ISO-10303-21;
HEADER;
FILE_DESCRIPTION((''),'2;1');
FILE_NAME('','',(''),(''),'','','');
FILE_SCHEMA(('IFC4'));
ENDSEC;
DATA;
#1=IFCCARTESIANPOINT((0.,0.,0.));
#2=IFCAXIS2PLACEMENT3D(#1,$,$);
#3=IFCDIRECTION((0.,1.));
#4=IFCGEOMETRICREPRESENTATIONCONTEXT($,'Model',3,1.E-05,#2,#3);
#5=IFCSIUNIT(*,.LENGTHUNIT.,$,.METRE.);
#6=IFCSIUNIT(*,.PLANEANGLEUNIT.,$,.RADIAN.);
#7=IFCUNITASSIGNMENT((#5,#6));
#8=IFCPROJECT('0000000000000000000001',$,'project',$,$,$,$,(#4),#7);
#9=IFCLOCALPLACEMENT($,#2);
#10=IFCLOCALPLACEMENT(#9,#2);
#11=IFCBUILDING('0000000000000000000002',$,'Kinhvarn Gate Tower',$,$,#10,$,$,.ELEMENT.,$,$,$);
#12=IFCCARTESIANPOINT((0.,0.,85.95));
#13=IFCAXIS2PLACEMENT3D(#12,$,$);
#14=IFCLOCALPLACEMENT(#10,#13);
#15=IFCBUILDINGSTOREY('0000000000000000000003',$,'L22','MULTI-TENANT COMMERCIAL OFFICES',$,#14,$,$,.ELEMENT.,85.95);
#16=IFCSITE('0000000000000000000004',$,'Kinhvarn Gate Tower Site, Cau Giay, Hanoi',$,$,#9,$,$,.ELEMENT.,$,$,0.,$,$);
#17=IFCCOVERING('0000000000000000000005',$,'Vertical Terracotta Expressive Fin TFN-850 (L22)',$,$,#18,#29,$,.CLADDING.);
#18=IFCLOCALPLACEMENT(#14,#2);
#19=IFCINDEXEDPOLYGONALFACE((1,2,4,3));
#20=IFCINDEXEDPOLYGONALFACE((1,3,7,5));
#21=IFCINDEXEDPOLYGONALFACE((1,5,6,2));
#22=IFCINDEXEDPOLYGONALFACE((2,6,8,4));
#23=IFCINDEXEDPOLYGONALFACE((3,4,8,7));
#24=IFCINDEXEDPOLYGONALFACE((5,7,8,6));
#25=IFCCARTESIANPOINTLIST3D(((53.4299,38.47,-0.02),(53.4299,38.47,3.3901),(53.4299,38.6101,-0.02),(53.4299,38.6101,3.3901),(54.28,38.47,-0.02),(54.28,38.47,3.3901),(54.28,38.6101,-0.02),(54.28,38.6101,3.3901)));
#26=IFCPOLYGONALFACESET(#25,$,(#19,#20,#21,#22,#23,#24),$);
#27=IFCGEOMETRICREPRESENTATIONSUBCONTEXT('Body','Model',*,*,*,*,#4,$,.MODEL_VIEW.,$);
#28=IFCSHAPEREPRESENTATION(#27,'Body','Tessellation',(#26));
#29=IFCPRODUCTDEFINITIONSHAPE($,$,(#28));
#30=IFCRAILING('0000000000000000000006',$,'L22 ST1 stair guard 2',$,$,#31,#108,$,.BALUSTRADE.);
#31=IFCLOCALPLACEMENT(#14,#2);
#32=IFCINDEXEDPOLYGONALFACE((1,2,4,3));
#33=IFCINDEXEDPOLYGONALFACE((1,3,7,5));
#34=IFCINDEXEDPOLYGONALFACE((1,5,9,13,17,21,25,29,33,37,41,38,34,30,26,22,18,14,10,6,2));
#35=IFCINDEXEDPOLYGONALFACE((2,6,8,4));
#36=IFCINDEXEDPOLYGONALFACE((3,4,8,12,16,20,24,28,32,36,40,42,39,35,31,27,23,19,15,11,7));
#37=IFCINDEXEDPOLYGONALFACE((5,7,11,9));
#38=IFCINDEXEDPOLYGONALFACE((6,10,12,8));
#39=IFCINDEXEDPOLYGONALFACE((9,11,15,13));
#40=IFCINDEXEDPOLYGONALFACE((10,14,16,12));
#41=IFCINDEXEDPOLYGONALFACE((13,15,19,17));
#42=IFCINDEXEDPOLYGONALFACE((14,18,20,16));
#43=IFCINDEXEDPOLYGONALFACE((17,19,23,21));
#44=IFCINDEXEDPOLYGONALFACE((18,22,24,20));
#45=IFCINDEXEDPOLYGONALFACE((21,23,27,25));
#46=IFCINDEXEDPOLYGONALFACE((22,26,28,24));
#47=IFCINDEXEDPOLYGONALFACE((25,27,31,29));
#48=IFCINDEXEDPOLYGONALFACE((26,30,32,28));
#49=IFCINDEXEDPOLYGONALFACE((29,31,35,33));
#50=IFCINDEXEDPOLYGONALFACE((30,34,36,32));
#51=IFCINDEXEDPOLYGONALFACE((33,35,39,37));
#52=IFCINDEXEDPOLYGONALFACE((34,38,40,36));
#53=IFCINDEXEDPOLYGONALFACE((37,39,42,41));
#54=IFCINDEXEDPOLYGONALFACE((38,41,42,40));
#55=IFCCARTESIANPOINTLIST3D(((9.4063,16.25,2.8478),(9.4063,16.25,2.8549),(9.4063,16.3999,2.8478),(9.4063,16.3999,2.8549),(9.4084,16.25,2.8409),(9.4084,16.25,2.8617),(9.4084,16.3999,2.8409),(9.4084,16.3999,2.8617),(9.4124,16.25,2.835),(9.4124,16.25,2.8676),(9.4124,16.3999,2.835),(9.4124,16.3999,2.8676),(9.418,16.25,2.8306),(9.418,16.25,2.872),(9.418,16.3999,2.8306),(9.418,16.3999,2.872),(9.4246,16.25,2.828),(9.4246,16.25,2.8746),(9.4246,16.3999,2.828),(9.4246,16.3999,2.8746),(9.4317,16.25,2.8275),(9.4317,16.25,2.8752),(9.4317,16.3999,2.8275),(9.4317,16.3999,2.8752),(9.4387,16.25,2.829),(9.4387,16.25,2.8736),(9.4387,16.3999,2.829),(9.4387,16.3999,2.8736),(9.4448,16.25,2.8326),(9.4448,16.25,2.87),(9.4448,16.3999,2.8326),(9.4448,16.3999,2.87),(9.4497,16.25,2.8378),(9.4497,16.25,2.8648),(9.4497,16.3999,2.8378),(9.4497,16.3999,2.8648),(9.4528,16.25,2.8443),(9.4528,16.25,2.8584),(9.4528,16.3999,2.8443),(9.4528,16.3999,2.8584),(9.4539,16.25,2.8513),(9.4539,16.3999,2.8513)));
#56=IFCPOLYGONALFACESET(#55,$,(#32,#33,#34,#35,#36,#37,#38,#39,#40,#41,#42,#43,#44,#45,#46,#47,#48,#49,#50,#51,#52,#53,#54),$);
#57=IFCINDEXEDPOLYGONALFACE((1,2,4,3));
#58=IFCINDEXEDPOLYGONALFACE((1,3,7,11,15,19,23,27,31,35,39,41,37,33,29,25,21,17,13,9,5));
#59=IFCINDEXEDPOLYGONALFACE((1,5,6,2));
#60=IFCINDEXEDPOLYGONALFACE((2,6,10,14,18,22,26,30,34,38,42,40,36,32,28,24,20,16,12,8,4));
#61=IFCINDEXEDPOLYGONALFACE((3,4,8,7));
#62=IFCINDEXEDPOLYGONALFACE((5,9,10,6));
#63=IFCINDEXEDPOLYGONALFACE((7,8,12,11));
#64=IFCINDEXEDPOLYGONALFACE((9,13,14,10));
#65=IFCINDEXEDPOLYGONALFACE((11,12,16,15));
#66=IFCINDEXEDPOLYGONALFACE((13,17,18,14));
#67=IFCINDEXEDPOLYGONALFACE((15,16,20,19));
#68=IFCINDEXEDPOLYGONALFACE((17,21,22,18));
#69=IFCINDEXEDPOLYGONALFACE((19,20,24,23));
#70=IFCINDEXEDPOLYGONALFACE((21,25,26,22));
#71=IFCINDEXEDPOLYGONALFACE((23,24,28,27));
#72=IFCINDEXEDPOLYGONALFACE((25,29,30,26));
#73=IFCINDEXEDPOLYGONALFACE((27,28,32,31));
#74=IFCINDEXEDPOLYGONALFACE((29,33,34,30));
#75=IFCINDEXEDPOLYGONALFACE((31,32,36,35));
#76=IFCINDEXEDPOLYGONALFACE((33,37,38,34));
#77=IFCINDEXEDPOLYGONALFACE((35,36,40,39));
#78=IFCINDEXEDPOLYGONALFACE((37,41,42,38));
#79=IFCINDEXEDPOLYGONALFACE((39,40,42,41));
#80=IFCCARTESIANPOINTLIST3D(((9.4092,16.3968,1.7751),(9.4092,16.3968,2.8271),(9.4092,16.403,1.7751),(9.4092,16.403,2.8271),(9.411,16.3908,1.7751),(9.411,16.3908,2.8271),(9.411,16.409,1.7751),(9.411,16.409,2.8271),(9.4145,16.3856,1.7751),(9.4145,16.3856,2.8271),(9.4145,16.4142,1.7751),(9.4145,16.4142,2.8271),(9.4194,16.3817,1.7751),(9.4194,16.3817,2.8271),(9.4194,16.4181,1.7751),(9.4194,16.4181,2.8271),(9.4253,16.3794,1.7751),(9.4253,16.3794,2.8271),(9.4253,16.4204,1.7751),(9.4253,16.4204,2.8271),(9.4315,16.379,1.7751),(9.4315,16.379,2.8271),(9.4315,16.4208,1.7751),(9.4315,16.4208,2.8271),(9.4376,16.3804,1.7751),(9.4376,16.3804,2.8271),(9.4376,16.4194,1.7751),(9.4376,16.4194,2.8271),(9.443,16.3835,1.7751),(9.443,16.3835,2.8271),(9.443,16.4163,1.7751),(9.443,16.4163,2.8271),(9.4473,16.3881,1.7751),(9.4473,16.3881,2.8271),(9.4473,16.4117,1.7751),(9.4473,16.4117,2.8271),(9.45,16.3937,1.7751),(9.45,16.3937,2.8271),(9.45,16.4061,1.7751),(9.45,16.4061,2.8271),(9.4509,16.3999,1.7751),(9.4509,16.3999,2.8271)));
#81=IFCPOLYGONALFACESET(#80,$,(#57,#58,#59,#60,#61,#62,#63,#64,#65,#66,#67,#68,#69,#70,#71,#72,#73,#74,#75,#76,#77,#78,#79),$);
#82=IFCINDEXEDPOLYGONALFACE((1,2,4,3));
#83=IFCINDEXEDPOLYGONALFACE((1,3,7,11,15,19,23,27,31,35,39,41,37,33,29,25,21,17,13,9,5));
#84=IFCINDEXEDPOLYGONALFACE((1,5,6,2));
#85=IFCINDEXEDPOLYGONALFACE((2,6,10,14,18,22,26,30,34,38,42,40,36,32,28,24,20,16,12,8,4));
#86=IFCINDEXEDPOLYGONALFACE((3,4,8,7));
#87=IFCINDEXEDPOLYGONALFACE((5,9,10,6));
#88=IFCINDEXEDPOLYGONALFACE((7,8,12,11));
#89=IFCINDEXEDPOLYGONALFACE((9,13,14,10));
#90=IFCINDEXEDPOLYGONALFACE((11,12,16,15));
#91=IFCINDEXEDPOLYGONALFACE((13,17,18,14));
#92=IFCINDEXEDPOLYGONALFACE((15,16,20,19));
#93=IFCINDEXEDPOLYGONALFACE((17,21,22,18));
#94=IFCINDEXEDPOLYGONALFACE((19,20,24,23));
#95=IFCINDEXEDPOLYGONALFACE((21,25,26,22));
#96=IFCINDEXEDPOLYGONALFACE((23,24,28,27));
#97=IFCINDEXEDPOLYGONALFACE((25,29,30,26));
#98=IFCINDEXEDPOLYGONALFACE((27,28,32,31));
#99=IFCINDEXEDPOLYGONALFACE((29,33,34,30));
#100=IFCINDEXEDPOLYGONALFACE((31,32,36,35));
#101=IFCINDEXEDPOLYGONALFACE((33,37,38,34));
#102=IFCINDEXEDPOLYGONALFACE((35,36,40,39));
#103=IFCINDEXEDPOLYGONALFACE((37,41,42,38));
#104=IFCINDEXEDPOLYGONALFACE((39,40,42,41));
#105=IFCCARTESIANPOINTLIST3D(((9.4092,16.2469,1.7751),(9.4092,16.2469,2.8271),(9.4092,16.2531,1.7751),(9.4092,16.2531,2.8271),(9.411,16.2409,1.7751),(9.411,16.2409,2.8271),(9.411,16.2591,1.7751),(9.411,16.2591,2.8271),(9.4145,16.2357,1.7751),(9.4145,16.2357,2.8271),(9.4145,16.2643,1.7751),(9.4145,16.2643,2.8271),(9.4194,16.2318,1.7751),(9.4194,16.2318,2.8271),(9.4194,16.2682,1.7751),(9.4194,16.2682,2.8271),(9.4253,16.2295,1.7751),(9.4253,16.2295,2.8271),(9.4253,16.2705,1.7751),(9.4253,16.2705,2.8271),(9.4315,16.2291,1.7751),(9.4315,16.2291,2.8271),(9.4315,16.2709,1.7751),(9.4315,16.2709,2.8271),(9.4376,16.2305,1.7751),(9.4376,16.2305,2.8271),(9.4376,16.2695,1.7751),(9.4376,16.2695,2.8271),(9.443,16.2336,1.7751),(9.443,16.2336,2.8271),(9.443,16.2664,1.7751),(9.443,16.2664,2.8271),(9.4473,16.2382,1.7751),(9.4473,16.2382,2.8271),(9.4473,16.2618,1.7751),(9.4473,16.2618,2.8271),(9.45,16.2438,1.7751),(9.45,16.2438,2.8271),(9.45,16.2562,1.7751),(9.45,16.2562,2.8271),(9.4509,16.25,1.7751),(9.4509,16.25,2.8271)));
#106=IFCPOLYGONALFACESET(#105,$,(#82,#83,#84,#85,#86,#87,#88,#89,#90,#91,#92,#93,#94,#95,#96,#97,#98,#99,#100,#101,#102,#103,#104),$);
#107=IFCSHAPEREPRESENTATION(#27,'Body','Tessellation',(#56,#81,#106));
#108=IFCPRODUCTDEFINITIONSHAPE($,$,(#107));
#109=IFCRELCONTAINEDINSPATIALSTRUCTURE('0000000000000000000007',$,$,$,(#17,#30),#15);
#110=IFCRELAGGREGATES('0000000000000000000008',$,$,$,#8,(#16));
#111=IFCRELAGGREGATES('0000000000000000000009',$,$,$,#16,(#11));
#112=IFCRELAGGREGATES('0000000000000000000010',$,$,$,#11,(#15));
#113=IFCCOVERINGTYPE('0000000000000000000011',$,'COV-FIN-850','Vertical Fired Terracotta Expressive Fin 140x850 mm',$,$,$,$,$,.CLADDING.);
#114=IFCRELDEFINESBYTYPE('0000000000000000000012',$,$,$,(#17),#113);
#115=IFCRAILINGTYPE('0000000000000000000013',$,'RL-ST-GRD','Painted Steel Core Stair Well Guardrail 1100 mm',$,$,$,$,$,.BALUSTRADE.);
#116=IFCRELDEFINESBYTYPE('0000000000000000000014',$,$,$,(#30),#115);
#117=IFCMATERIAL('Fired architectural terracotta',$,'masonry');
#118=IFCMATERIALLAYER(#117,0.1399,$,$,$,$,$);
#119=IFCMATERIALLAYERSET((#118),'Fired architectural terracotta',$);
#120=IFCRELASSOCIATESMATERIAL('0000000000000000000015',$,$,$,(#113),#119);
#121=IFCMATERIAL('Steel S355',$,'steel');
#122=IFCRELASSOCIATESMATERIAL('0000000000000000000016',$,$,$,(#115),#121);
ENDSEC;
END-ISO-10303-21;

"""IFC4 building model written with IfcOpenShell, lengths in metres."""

from ifc_helpers import new_model, si_unit, direction, frame, origin, origin_2d, place, context, subcontext, project, spatial, polyline, circle, outline, extrude, material, layer, layer_set, type_object, element, save


model = new_model("IFC4")

# Units and contexts
model_context = context("Model", 3, precision=1e-05, world=origin(), true_north=direction((0.0, 1.0)))
body_context = subcontext(model_context, "Body", "Model", "MODEL_VIEW")
ifc_project = project(units=[si_unit("LENGTHUNIT", "METRE"), si_unit("PLANEANGLEUNIT", "RADIAN")], contexts=[model_context])

# Site, building, storey
site_placement = place(None, origin())
site = spatial("IfcSite", under=ifc_project, at=site_placement, Name="Kinhvarn Gate Tower Site, Cau Giay, Hanoi", CompositionType="ELEMENT", RefElevation=0.0)
building_placement = place(site_placement, origin())
building = spatial("IfcBuilding", under=site, at=building_placement, Name="Kinhvarn Gate Tower", CompositionType="ELEMENT")
storey_placement = place(building_placement, frame((0.0, 0.0, 85.95)))
storey = spatial("IfcBuildingStorey", under=building, at=storey_placement, Name="L22", Description="MULTI-TENANT COMMERCIAL OFFICES", CompositionType="ELEMENT", Elevation=85.95)

# Shared definitions
ifc_material_1 = material(Name="Steel S355", Category="steel")

# Shared definitions
ifc_material_2 = material(Name="Fired architectural terracotta", Category="masonry")

# Covering
ifc_layer_1 = layer(ifc_material_2, 0.1399)
ifc_layer_set_1 = layer_set([ifc_layer_1], Name="Fired architectural terracotta")
covering_type_1 = type_object("IfcCoveringType", Name="COV-FIN-850", Description="Vertical Fired Terracotta Expressive Fin 140x850 mm", PredefinedType="CLADDING", material=ifc_layer_set_1)
covering_1_placement = place(storey_placement, frame((0.0, 0.0, -0.02)))
element("IfcCovering", 1, at=covering_1_placement, inside=storey, type_object=covering_type_1, Name="Vertical Terracotta Expressive Fin TFN-850 (L22)", PredefinedType="CLADDING", context=body_context, shape_type="SweptSolid", body=[
    extrude(outline(polyline([(53.4299, 38.47), (53.4299, 38.6101), (54.28, 38.6101), (54.28, 38.47), (53.4299, 38.47)])), origin(), (0.0, 0.0, 1.0), 3.4102),
])

# Railing
railing_type_1 = type_object("IfcRailingType", Name="RL-ST-GRD", Description="Painted Steel Core Stair Well Guardrail 1100 mm", PredefinedType="BALUSTRADE", material=ifc_material_1)
railing_1_placement = place(storey_placement, frame((9.4299, 16.3999, 1.7751)))
element("IfcRailing", 2, at=railing_1_placement, inside=storey, type_object=railing_type_1, Name="L22 ST1 stair guard 2", PredefinedType="BALUSTRADE", context=body_context, shape_type="SweptSolid", body=[
    extrude(circle(Radius=0.0239, at=origin_2d()), frame((0.0, 0.0, 1.0762), z_axis=(0.0, -1.0, 0.0), x_axis=(1.0, 0.0, 0.0)), (0.0, 0.0, 1.0), 0.1499),
    extrude(circle(Radius=0.021, at=origin_2d()), origin(), (0.0, 0.0, 1.0), 1.052),
    extrude(circle(Radius=0.021, at=origin_2d()), frame((0.0, -0.1499, 0.0)), (0.0, 0.0, 1.0), 1.052),
])

save(model, "model.ifc")
